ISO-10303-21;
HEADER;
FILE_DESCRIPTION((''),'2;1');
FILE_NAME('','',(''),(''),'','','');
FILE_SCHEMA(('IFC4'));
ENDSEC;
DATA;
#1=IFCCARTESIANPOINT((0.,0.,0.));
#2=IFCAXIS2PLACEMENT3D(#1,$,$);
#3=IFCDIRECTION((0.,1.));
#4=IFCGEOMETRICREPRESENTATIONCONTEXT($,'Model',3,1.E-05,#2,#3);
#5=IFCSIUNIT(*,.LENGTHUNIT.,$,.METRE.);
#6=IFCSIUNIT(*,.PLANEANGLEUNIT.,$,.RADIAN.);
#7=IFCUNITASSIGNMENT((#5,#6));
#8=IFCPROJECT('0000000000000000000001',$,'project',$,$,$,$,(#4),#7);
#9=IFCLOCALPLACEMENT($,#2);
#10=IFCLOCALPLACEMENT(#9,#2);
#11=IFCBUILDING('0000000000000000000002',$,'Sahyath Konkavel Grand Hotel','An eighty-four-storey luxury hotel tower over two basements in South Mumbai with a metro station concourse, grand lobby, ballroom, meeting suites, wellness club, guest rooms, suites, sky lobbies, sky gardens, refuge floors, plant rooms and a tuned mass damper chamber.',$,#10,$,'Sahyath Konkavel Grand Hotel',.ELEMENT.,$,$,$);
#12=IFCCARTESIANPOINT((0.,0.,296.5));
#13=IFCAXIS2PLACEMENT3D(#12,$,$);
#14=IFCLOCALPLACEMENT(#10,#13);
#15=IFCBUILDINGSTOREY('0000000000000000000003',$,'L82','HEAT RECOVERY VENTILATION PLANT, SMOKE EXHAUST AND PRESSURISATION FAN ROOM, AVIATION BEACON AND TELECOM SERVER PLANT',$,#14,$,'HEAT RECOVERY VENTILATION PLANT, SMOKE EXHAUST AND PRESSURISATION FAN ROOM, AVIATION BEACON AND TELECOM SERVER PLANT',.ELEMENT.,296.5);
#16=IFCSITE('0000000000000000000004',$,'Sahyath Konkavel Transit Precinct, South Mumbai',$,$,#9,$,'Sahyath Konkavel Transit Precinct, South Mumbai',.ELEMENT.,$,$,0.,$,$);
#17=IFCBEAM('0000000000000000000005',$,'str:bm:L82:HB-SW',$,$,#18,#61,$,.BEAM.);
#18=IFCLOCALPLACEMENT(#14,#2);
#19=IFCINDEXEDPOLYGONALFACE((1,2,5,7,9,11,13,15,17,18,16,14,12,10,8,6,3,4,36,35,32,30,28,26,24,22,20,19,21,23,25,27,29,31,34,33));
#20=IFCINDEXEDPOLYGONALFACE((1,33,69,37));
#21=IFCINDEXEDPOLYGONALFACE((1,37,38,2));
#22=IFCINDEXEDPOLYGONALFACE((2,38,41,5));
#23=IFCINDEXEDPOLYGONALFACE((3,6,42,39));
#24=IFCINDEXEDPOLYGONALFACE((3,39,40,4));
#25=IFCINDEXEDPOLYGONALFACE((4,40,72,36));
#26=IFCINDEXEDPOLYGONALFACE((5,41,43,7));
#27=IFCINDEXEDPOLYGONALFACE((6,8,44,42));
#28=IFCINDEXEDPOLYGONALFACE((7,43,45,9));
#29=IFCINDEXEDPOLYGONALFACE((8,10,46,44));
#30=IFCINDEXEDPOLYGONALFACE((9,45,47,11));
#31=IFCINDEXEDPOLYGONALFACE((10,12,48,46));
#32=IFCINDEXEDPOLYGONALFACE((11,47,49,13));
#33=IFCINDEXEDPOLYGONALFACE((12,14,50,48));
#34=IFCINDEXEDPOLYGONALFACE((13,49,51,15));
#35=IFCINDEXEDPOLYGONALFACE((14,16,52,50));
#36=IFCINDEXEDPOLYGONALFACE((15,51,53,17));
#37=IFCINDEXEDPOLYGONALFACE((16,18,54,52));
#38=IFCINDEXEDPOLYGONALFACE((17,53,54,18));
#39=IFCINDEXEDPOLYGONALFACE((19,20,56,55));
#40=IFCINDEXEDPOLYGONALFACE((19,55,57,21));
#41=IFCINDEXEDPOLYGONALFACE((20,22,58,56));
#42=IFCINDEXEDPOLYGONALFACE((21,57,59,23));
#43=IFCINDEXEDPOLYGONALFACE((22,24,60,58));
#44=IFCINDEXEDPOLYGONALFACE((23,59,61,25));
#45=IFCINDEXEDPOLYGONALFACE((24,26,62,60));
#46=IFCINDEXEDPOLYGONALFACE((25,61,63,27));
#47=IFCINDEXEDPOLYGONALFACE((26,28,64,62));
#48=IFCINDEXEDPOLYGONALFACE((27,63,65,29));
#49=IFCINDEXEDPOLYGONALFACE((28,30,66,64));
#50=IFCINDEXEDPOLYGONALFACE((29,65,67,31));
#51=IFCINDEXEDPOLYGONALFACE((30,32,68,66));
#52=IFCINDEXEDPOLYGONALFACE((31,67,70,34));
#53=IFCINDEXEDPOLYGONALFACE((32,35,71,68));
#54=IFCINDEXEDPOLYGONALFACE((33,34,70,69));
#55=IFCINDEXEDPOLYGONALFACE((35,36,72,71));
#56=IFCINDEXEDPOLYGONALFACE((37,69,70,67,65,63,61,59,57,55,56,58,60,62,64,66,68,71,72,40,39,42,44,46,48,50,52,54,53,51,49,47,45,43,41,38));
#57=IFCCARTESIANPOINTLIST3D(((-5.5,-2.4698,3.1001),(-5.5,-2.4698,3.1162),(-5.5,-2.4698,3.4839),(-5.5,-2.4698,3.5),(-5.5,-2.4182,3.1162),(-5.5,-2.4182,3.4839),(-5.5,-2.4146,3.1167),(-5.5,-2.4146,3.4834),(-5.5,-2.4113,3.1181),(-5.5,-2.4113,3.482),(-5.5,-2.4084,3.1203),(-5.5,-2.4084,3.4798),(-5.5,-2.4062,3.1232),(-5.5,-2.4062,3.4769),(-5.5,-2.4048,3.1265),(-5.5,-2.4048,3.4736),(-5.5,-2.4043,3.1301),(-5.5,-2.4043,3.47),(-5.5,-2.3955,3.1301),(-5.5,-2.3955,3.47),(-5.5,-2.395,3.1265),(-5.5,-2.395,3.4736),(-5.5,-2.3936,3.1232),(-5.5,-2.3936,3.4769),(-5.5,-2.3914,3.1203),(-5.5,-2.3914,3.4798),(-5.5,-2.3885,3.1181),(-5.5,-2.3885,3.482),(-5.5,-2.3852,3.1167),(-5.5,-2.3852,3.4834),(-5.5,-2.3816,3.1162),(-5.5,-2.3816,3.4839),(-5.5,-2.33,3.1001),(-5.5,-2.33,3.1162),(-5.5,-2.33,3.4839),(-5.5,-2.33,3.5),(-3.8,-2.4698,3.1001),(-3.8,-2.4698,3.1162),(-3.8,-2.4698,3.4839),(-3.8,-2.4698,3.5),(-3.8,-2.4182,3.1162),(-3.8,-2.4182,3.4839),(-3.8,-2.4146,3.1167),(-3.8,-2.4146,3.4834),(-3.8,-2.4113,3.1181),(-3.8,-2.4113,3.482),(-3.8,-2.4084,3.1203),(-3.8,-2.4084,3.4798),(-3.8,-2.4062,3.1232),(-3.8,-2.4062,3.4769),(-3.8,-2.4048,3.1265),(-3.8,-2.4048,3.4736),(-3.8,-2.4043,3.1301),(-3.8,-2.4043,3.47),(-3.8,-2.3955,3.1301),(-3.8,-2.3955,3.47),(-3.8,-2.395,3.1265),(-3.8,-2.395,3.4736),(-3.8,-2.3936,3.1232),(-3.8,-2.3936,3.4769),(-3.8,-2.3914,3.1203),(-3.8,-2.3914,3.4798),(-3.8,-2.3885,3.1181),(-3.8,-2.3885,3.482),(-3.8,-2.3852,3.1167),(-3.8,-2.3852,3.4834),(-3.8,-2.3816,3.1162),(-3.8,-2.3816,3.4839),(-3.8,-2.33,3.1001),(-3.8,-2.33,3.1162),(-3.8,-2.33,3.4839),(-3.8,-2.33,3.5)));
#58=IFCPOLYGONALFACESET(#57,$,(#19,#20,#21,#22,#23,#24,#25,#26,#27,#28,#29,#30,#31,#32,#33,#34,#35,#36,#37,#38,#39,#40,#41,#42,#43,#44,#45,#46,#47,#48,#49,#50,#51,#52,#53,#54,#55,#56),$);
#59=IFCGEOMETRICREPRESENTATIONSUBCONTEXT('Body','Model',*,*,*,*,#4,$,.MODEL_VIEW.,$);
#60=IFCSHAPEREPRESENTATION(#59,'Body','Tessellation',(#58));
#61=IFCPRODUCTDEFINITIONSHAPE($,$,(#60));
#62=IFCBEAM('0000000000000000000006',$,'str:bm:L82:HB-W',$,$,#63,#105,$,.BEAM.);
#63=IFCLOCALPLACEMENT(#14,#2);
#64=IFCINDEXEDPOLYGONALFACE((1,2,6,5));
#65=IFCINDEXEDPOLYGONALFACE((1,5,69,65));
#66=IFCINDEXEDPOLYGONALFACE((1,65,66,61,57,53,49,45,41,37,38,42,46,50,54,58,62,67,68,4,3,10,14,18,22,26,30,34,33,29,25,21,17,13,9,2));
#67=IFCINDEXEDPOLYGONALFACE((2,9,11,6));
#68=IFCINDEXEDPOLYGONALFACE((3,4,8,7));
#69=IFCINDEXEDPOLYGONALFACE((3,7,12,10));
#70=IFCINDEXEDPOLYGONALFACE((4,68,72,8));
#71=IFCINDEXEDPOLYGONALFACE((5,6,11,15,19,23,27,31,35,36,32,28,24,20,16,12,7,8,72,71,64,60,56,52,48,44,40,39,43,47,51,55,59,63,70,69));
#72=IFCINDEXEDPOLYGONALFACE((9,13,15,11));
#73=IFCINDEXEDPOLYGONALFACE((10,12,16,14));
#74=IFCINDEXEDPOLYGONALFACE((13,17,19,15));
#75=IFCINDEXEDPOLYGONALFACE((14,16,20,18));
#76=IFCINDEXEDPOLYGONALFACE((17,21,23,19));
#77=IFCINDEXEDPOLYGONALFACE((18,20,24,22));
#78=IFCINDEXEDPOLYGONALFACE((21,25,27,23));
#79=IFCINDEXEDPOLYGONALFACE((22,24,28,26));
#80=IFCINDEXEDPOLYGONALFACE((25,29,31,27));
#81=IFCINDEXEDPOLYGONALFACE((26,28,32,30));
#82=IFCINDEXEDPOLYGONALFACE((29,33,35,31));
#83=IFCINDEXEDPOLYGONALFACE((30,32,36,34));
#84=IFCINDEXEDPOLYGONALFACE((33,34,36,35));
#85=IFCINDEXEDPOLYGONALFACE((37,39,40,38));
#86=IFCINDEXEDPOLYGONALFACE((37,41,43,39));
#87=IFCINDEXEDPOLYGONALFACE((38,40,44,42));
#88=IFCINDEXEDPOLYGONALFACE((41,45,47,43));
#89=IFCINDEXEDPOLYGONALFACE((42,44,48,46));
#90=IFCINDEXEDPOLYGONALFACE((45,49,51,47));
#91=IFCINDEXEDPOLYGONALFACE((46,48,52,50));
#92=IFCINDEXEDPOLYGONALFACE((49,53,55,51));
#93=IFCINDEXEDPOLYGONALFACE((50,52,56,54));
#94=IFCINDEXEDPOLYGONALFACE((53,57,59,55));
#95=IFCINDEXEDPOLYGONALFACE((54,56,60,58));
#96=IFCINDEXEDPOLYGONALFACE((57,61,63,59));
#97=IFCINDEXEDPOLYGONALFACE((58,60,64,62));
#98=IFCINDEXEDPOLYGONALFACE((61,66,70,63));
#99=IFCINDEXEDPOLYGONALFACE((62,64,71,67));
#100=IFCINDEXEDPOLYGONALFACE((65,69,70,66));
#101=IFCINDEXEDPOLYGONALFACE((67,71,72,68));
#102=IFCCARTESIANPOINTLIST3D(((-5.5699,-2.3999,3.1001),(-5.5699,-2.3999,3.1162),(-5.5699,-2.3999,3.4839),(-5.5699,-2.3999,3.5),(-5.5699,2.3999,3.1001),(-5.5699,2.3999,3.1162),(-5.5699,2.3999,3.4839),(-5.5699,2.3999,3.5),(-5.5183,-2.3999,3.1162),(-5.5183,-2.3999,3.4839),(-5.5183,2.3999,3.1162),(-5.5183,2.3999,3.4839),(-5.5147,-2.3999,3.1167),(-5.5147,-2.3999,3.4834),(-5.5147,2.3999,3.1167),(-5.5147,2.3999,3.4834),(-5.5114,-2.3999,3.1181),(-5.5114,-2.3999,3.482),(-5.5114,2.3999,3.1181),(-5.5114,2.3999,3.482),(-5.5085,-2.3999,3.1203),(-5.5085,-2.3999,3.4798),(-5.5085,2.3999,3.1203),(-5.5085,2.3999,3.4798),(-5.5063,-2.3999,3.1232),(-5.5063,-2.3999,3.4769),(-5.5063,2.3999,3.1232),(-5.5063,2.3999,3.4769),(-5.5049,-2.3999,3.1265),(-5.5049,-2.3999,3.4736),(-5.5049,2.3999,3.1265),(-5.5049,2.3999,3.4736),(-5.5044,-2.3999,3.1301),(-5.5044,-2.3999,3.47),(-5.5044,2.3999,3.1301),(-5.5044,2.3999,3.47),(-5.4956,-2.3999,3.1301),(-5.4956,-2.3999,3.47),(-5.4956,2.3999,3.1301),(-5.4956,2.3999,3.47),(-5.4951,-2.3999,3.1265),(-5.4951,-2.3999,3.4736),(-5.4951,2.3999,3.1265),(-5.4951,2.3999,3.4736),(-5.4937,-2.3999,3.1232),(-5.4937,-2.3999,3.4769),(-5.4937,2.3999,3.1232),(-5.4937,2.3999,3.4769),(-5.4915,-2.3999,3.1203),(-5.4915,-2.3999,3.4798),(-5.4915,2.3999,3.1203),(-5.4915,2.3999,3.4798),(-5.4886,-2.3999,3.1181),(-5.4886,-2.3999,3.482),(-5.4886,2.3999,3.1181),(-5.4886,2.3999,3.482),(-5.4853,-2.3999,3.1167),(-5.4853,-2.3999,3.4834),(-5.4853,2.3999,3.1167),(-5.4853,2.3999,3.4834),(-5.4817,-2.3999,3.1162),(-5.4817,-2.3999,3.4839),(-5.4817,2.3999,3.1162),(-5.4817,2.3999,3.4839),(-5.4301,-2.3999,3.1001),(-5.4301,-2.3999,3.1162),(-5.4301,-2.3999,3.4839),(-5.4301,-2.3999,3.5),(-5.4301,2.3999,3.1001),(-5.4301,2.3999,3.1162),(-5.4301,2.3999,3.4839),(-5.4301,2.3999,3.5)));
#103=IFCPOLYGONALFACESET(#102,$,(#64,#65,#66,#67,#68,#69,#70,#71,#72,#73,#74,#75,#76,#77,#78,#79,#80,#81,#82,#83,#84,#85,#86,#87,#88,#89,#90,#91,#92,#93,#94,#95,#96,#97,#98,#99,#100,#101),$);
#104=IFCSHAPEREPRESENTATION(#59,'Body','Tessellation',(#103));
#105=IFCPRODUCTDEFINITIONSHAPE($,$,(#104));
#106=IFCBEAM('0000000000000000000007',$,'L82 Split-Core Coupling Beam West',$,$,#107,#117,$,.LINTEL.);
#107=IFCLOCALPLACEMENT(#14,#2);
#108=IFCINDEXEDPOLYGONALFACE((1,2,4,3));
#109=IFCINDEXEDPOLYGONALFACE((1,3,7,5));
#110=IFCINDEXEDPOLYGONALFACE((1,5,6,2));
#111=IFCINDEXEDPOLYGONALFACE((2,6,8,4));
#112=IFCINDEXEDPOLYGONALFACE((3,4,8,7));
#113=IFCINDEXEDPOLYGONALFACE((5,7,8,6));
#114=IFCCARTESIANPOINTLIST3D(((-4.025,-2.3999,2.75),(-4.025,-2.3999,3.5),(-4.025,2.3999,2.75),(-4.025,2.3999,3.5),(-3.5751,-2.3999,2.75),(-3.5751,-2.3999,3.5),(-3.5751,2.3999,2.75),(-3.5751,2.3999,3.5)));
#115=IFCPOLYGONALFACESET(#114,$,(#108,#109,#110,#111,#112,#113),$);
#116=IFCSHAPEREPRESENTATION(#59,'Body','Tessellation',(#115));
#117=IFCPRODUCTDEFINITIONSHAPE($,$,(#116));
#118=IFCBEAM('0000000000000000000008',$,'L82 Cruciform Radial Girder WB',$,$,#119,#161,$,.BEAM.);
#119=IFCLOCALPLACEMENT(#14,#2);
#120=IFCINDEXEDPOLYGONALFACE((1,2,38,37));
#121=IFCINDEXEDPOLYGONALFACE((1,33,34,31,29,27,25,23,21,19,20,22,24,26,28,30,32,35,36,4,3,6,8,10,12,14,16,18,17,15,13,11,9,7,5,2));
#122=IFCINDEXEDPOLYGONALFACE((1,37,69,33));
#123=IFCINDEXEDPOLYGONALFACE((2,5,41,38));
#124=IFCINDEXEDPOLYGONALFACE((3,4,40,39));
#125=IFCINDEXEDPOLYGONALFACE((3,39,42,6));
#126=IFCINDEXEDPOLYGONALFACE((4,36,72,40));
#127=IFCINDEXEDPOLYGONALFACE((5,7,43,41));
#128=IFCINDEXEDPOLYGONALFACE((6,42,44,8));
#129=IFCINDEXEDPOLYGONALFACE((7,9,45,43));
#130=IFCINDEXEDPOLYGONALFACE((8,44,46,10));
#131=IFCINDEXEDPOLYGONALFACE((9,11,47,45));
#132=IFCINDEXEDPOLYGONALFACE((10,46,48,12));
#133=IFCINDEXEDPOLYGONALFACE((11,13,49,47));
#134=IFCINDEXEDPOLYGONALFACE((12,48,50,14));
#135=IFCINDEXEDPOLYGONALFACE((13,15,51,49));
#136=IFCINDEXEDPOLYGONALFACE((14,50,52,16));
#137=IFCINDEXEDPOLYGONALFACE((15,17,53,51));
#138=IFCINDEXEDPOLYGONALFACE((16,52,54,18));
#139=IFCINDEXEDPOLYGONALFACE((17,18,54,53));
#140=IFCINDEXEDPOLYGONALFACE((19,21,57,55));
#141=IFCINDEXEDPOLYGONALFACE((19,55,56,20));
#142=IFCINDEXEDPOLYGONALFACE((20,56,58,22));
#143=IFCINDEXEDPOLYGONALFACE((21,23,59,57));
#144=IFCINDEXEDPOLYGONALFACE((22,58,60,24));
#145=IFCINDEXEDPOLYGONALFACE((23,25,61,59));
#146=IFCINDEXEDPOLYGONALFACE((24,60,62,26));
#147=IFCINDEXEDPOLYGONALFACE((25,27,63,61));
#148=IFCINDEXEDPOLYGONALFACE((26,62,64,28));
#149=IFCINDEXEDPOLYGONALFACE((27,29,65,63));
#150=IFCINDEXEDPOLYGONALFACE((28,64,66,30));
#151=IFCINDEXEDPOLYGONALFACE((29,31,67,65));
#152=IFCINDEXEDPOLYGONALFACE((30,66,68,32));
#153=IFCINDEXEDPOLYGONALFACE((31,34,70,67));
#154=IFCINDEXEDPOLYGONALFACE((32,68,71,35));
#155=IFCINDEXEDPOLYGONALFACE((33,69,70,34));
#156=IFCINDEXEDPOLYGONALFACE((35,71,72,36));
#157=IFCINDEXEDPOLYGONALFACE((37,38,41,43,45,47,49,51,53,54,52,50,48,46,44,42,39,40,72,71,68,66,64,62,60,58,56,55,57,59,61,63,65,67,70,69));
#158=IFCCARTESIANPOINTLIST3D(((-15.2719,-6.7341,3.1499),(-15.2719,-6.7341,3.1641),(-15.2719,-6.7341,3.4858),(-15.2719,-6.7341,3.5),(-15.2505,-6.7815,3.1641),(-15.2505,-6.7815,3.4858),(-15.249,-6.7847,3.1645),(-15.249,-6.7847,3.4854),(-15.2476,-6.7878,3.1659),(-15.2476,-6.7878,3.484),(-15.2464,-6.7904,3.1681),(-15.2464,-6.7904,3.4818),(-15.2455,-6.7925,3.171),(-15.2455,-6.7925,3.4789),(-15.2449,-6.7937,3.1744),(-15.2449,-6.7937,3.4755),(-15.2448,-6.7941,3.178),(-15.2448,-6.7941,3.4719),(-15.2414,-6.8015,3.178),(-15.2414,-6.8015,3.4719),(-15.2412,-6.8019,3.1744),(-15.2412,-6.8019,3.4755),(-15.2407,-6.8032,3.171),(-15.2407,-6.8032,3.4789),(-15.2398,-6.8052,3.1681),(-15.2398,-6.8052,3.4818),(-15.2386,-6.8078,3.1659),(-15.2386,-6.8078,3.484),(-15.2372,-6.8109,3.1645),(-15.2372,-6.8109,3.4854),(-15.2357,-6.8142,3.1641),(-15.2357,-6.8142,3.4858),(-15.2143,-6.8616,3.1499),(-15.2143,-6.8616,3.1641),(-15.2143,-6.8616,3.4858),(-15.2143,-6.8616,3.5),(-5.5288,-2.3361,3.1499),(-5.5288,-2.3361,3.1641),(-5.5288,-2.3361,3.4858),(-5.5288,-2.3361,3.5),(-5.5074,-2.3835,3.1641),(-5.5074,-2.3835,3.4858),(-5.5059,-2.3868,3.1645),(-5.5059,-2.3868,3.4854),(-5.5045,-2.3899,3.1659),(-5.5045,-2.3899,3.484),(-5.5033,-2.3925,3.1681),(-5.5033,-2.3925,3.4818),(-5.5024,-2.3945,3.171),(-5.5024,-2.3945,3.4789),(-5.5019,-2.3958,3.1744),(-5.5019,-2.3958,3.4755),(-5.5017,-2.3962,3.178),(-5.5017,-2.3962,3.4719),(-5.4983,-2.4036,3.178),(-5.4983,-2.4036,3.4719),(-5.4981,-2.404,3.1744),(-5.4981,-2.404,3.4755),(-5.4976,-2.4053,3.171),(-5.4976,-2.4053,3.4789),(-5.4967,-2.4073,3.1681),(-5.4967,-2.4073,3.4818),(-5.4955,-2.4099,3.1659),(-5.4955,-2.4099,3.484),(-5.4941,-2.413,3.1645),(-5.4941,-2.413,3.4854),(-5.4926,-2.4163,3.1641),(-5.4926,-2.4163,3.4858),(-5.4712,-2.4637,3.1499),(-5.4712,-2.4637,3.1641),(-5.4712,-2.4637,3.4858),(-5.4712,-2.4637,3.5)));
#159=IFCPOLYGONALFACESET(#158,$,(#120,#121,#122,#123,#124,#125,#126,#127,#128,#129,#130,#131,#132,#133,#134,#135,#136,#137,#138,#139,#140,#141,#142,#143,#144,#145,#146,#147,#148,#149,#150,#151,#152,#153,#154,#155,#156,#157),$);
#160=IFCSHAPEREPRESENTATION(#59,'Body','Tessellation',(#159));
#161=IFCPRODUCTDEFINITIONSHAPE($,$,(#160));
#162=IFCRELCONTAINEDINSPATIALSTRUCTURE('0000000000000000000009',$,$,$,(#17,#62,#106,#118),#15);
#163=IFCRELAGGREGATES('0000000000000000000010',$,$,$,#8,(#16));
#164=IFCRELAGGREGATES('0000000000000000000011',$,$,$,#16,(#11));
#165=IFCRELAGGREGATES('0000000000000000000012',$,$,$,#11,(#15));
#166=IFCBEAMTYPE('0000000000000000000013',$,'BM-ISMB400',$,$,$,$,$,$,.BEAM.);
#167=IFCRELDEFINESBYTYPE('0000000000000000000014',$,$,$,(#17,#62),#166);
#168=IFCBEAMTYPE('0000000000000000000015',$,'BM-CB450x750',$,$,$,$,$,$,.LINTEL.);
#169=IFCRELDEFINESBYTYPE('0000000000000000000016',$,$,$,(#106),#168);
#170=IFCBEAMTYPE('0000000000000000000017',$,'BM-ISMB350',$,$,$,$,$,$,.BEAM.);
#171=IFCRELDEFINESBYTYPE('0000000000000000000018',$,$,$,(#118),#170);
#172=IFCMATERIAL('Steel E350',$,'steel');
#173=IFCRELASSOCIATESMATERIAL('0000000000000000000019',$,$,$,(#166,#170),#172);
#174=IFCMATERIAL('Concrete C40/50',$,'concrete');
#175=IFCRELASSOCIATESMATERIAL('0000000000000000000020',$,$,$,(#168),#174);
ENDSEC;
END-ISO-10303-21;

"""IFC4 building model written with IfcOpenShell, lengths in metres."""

from ifc_helpers import new_model, si_unit, direction, frame, origin, origin_2d, place, context, subcontext, project, spatial, rectangle, i_section, extrude, source, transform, mapped, material, material_profile, profile_set, type_object, element, save


model = new_model("IFC4")

# Units and contexts
model_context = context("Model", 3, precision=1e-05, world=origin(), true_north=direction((0.0, 1.0)))
body_context = subcontext(model_context, "Body", "Model", "MODEL_VIEW")
ifc_project = project(units=[si_unit("LENGTHUNIT", "METRE"), si_unit("PLANEANGLEUNIT", "RADIAN")], contexts=[model_context])

# Site, building, storey
site_placement = place(None, origin())
site = spatial("IfcSite", under=ifc_project, at=site_placement, Name="Sahyath Konkavel Transit Precinct, South Mumbai", LongName="Sahyath Konkavel Transit Precinct, South Mumbai", CompositionType="ELEMENT", RefElevation=0.0)
building_placement = place(site_placement, origin())
building = spatial("IfcBuilding", under=site, at=building_placement, Name="Sahyath Konkavel Grand Hotel", Description="An eighty-four-storey luxury hotel tower over two basements in South Mumbai with a metro station concourse, grand lobby, ballroom, meeting suites, wellness club, guest rooms, suites, sky lobbies, sky gardens, refuge floors, plant rooms and a tuned mass damper chamber.", LongName="Sahyath Konkavel Grand Hotel", CompositionType="ELEMENT")
storey_placement = place(building_placement, frame((0.0, 0.0, 296.5)))
storey = spatial("IfcBuildingStorey", under=building, at=storey_placement, Name="L82", Description="HEAT RECOVERY VENTILATION PLANT, SMOKE EXHAUST AND PRESSURISATION FAN ROOM, AVIATION BEACON AND TELECOM SERVER PLANT", LongName="HEAT RECOVERY VENTILATION PLANT, SMOKE EXHAUST AND PRESSURISATION FAN ROOM, AVIATION BEACON AND TELECOM SERVER PLANT", CompositionType="ELEMENT", Elevation=296.5)

# Shared definitions
ifc_material_1 = material(Name="Concrete C40/50", Category="concrete")

# Beams
ifc_material_2 = material(Name="Steel E350", Category="steel")
ifc_material_profile_1 = material_profile(ifc_material_2, i_section(OverallWidth=0.1399, OverallDepth=0.3999, WebThickness=0.0088, FlangeThickness=0.0161, FilletRadius=0.0139, at=origin_2d()), Name="ISMB 400")
ifc_profile_set_1 = profile_set([ifc_material_profile_1], Name="Steel E350")
beam_type_1 = type_object("IfcBeamType", Name="BM-ISMB400", PredefinedType="BEAM", material=ifc_profile_set_1)
shared_shape_1 = source(origin(), body_context, "Body", "SweptSolid", [
    extrude(i_section(OverallWidth=0.1399, OverallDepth=0.3999, WebThickness=0.0088, FlangeThickness=0.0161, FilletRadius=0.0139, at=origin_2d()), origin(), (0.0, 0.0, 1.0), 1.7),
])
beam_1_placement = place(storey_placement, frame((-5.5, -2.3999, 3.3), z_axis=(1.0, 0.0, 0.0), x_axis=(0.0, 1.0, 0.0)))
element("IfcBeam", 1, at=beam_1_placement, inside=storey, type_object=beam_type_1, Name="str:bm:L82:HB-SW", PredefinedType="BEAM", context=body_context, shape_type="MappedRepresentation", body=[
    mapped(shared_shape_1, transform((0.0, 0.0, 0.0), scale=1.0)),
])
shared_shape_2 = source(origin(), body_context, "Body", "SweptSolid", [
    extrude(i_section(OverallWidth=0.1399, OverallDepth=0.3999, WebThickness=0.0088, FlangeThickness=0.0161, FilletRadius=0.0139, at=origin_2d()), origin(), (0.0, 0.0, 1.0), 4.7998),
])
beam_2_placement = place(storey_placement, frame((-5.5, -2.3999, 3.3), z_axis=(0.0, 1.0, 0.0), x_axis=(-1.0, 0.0, 0.0)))
element("IfcBeam", 2, at=beam_2_placement, inside=storey, type_object=beam_type_1, Name="str:bm:L82:HB-W", PredefinedType="BEAM", context=body_context, shape_type="MappedRepresentation", body=[
    mapped(shared_shape_2, transform((0.0, 0.0, 0.0), scale=1.0)),
])
ifc_material_profile_2 = material_profile(ifc_material_1, rectangle(XDim=0.45, YDim=0.75, at=origin_2d()), Name="RC 450x750")
ifc_profile_set_2 = profile_set([ifc_material_profile_2], Name="Concrete C40/50")
beam_type_2 = type_object("IfcBeamType", Name="BM-CB450x750", PredefinedType="LINTEL", material=ifc_profile_set_2)
shared_shape_3 = source(origin(), body_context, "Body", "SweptSolid", [
    extrude(rectangle(XDim=0.45, YDim=0.75, at=origin_2d()), origin(), (0.0, 0.0, 1.0), 4.7998),
])
beam_3_placement = place(storey_placement, frame((-3.8, -2.3999, 3.125), z_axis=(0.0, 1.0, 0.0), x_axis=(-1.0, 0.0, 0.0)))
element("IfcBeam", 3, at=beam_3_placement, inside=storey, type_object=beam_type_2, Name="L82 Split-Core Coupling Beam West", PredefinedType="LINTEL", context=body_context, shape_type="MappedRepresentation", body=[
    mapped(shared_shape_3, transform((0.0, 0.0, 0.0), scale=1.0)),
])
ifc_material_profile_3 = material_profile(ifc_material_2, i_section(OverallWidth=0.1399, OverallDepth=0.3501, WebThickness=0.0081, FlangeThickness=0.0142, FilletRadius=0.0139, at=origin_2d()), Name="ISMB 350")
ifc_profile_set_3 = profile_set([ifc_material_profile_3], Name="Steel E350")
beam_type_3 = type_object("IfcBeamType", Name="BM-ISMB350", PredefinedType="BEAM", material=ifc_profile_set_3)
shared_shape_4 = source(origin(), body_context, "Body", "SweptSolid", [
    extrude(i_section(OverallWidth=0.1399, OverallDepth=0.3501, WebThickness=0.0081, FlangeThickness=0.0142, FilletRadius=0.0139, at=origin_2d()), origin(), (0.0, 0.0, 1.0), 10.6897),
])
beam_4_placement = place(storey_placement, frame((-5.5, -2.3999, 3.325), z_axis=(-0.911447, -0.411417, 0.0), x_axis=(0.411417, -0.911447, 0.0)))
element("IfcBeam", 4, at=beam_4_placement, inside=storey, type_object=beam_type_3, Name="L82 Cruciform Radial Girder WB", PredefinedType="BEAM", context=body_context, shape_type="MappedRepresentation", body=[
    mapped(shared_shape_4, transform((0.0, 0.0, 0.0), scale=1.0)),
])

save(model, "model.ifc")
